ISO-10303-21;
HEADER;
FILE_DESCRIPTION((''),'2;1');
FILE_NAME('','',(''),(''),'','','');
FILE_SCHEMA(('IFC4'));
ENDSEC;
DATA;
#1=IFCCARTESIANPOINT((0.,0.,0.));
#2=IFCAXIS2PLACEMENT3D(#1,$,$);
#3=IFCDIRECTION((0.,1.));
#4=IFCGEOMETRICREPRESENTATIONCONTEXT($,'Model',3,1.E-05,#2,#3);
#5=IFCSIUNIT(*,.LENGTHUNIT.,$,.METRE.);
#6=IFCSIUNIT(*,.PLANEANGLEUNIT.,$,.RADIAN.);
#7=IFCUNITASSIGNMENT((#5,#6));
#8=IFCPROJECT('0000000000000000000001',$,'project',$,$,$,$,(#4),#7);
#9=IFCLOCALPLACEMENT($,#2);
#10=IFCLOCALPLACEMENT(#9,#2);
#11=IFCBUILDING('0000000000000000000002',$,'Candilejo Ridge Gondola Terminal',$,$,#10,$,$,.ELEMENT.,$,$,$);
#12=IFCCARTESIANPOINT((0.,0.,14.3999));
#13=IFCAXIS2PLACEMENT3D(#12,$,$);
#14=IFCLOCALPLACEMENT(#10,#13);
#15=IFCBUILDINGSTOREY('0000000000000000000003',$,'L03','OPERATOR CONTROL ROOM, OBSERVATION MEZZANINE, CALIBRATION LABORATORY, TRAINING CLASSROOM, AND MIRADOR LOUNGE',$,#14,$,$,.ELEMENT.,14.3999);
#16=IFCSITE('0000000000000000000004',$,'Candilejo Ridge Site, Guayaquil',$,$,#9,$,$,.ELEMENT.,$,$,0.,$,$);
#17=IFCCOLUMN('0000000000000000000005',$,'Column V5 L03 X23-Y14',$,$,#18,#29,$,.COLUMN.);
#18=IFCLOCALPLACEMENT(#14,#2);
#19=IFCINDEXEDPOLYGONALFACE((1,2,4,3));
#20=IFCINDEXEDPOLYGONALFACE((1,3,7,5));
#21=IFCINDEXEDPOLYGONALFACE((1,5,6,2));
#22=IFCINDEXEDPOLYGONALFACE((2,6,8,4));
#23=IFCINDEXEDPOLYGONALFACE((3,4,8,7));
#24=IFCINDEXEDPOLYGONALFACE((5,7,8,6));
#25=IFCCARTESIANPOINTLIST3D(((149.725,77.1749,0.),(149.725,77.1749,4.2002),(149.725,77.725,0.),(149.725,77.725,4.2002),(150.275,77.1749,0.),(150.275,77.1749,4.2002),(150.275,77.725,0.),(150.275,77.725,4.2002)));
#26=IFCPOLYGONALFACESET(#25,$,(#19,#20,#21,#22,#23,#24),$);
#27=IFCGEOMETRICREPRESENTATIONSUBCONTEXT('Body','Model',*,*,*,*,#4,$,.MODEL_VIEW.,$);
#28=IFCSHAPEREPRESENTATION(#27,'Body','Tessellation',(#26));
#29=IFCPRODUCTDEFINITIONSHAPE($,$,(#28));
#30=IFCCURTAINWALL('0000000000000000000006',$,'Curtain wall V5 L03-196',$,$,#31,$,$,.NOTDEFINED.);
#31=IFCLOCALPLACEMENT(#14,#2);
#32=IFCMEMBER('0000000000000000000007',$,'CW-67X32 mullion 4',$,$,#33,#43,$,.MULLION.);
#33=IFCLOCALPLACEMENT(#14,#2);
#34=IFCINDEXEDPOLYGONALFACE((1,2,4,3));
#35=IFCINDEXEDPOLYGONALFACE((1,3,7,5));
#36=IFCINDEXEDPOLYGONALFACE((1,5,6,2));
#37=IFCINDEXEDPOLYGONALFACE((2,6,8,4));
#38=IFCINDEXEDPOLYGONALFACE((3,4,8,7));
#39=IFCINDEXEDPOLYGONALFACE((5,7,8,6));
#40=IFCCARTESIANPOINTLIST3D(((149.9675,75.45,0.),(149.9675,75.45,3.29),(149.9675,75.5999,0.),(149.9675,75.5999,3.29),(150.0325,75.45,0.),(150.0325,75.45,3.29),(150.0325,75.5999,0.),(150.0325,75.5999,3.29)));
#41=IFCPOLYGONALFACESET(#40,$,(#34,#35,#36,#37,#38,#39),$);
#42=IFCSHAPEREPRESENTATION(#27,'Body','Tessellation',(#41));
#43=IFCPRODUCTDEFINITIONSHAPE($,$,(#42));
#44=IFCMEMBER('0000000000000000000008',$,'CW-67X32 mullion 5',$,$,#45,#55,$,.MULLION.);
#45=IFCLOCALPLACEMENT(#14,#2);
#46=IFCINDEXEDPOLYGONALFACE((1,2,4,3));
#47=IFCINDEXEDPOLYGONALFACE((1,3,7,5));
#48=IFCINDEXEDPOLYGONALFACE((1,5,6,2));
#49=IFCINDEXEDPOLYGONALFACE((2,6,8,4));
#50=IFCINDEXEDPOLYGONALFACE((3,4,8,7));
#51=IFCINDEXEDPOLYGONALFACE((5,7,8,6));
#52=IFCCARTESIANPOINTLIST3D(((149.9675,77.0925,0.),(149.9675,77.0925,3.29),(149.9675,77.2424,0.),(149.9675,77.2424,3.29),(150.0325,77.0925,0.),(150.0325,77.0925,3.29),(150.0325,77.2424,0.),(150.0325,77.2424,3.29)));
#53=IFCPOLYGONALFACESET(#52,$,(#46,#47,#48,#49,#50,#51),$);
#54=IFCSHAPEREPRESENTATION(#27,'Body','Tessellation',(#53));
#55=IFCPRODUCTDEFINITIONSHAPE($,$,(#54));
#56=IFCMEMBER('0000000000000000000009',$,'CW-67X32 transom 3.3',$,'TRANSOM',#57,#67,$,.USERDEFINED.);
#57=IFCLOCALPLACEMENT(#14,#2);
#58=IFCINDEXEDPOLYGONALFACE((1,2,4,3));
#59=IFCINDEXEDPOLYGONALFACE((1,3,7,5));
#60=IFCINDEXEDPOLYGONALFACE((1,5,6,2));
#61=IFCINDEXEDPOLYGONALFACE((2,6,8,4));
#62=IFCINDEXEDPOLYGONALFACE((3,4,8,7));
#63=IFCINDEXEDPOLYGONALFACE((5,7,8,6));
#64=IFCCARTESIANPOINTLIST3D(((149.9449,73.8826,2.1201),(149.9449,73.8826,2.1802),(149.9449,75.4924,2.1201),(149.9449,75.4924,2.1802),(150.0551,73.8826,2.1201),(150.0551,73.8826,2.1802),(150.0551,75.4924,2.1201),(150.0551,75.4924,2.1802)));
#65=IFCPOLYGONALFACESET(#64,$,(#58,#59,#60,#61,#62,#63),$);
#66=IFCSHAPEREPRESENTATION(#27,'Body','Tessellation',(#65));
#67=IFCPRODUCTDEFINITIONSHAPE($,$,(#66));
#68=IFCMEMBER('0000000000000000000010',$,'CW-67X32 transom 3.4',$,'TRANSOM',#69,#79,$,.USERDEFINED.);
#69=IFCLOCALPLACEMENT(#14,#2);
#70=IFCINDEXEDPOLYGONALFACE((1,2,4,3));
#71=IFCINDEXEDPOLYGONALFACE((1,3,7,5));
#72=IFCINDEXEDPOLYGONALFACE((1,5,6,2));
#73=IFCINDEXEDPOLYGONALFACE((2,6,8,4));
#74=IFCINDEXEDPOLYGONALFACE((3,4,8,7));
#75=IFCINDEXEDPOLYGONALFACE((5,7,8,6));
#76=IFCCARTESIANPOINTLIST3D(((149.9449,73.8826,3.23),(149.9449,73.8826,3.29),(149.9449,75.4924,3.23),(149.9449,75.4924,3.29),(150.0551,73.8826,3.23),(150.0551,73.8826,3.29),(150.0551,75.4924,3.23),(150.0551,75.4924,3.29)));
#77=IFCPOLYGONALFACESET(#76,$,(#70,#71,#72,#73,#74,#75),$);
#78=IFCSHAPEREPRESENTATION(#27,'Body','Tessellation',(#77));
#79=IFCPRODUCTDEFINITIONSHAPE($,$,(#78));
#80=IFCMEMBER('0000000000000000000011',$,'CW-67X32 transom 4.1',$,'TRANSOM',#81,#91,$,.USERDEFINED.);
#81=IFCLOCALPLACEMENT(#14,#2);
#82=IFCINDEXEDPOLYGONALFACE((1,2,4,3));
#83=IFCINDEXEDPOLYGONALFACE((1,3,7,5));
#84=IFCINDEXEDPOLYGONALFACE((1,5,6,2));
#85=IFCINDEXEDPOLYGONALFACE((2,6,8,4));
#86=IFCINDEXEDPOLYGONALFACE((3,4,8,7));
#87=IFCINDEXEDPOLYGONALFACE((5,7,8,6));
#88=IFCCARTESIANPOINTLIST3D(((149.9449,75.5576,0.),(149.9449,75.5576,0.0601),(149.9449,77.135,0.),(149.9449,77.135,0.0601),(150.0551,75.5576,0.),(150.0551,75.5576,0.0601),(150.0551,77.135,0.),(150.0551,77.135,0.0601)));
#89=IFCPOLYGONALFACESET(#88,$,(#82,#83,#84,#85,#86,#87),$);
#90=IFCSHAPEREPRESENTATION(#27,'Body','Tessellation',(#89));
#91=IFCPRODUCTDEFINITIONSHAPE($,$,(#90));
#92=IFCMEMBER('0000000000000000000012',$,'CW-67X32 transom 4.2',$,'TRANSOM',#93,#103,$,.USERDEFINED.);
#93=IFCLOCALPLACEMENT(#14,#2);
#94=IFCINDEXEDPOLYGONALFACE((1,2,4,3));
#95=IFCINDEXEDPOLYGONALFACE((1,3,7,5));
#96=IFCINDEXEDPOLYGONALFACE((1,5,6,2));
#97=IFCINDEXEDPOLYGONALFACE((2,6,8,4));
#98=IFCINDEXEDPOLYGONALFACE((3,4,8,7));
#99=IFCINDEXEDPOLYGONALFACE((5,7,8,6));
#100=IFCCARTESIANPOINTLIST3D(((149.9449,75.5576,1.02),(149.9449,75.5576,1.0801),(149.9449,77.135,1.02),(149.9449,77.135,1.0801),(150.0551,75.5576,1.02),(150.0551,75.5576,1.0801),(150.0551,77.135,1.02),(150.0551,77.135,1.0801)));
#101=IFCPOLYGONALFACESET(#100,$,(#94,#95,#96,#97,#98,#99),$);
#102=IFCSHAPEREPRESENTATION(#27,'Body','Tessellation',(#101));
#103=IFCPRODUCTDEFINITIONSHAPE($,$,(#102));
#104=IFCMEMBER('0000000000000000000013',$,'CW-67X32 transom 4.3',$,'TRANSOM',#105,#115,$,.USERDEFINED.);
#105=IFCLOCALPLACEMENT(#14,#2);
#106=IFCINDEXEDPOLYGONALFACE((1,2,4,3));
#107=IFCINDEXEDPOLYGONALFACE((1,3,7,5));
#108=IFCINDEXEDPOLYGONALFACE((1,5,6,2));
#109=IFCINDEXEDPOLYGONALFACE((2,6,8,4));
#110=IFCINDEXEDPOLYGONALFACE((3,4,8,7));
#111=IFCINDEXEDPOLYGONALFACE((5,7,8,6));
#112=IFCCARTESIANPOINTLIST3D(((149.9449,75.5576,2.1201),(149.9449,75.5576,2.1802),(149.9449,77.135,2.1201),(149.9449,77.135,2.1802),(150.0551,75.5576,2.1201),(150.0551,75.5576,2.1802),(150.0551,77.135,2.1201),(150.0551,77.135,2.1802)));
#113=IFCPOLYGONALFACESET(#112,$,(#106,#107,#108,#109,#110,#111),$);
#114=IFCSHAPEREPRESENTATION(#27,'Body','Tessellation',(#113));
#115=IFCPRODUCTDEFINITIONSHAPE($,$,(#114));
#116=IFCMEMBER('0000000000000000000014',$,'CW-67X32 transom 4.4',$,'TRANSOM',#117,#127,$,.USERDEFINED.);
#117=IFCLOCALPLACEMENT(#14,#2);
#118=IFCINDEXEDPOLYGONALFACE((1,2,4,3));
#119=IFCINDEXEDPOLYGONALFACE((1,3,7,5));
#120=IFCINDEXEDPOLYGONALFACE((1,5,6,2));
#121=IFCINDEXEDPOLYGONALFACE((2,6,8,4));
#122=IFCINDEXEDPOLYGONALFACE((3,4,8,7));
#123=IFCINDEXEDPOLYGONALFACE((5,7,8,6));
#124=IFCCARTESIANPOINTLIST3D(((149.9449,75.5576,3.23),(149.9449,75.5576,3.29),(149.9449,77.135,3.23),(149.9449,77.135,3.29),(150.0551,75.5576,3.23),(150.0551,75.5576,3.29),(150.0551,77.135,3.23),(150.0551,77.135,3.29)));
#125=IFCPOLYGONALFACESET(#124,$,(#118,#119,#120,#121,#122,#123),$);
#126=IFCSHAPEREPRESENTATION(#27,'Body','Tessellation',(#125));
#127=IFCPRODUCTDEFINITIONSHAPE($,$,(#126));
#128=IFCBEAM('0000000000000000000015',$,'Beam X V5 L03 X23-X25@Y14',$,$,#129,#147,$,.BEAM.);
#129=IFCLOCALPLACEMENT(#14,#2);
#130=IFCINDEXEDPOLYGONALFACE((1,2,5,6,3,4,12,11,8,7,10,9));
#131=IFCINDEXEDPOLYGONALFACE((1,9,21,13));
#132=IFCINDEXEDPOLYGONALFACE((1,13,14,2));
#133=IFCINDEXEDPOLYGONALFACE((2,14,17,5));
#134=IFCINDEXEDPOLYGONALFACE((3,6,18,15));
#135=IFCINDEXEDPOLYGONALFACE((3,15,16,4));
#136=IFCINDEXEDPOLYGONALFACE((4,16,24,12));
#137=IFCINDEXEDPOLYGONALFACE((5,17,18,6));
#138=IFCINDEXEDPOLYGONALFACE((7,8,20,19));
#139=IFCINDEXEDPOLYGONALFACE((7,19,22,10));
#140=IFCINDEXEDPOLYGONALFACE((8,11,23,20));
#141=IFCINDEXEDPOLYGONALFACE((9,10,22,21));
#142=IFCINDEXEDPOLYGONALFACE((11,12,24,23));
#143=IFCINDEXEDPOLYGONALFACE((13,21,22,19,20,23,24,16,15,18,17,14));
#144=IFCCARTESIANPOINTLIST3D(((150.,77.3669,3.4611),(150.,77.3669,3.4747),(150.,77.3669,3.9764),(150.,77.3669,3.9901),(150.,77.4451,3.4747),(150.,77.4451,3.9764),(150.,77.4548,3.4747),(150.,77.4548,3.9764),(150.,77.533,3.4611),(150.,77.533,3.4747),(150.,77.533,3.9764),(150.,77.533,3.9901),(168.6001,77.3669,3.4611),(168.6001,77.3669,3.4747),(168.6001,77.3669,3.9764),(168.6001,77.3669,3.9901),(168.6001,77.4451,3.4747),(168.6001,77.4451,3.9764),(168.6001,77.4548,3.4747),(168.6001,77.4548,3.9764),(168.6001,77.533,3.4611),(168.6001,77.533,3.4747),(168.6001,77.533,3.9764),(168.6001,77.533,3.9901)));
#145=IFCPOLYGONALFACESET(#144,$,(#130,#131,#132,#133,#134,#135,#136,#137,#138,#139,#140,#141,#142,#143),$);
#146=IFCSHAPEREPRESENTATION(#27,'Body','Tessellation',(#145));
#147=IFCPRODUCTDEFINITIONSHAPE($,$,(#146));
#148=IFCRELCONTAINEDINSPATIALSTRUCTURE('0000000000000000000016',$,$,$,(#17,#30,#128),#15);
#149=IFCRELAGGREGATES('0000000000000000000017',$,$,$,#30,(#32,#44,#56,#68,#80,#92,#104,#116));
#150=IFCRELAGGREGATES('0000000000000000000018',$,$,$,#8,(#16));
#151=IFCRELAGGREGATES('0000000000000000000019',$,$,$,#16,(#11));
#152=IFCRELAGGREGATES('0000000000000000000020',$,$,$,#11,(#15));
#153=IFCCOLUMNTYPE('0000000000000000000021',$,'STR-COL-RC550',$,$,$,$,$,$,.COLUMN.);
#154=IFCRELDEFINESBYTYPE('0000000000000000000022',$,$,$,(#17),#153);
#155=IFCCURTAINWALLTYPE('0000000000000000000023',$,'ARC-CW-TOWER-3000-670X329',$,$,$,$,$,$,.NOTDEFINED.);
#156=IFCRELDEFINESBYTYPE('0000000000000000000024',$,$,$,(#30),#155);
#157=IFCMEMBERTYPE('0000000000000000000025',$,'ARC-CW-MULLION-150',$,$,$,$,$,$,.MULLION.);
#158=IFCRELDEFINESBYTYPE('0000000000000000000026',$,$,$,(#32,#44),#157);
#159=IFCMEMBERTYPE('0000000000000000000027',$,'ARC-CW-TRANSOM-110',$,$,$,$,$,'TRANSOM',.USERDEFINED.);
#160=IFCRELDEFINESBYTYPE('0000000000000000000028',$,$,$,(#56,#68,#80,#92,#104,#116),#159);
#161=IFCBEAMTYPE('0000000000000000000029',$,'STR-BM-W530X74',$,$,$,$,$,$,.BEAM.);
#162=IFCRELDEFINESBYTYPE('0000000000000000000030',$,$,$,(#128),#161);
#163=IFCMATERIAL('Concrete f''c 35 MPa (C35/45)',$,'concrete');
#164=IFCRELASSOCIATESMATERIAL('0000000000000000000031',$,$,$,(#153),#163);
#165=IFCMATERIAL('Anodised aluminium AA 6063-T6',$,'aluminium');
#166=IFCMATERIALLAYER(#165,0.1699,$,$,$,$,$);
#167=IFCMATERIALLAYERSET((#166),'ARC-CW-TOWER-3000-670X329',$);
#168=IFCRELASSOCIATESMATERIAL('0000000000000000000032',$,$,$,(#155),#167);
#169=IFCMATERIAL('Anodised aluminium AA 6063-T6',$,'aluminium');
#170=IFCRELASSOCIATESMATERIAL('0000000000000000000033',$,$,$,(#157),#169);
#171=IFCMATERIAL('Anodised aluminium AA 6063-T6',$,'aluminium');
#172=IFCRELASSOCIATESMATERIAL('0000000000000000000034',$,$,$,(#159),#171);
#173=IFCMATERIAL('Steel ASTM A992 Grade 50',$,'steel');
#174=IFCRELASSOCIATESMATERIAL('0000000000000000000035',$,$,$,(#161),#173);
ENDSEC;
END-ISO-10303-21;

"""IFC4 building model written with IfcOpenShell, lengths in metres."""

from ifc_helpers import new_model, si_unit, direction, frame, origin, origin_2d, place, context, subcontext, project, spatial, rectangle, i_section, extrude, material, layer, layer_set, material_profile, profile_set, type_object, element, aggregate, save


model = new_model("IFC4")

# Units and contexts
model_context = context("Model", 3, precision=1e-05, world=origin(), true_north=direction((0.0, 1.0)))
body_context = subcontext(model_context, "Body", "Model", "MODEL_VIEW")
ifc_project = project(units=[si_unit("LENGTHUNIT", "METRE"), si_unit("PLANEANGLEUNIT", "RADIAN")], contexts=[model_context])

# Site, building, storey
site_placement = place(None, origin())
site = spatial("IfcSite", under=ifc_project, at=site_placement, Name="Candilejo Ridge Site, Guayaquil", CompositionType="ELEMENT", RefElevation=0.0)
building_placement = place(site_placement, origin())
building = spatial("IfcBuilding", under=site, at=building_placement, Name="Candilejo Ridge Gondola Terminal", CompositionType="ELEMENT")
storey_placement = place(building_placement, frame((0.0, 0.0, 14.3999)))
storey = spatial("IfcBuildingStorey", under=building, at=storey_placement, Name="L03", Description="OPERATOR CONTROL ROOM, OBSERVATION MEZZANINE, CALIBRATION LABORATORY, TRAINING CLASSROOM, AND MIRADOR LOUNGE", CompositionType="ELEMENT", Elevation=14.3999)

# Column
ifc_material_1 = material(Name="Concrete f'c 35 MPa (C35/45)", Category="concrete")
ifc_material_profile_1 = material_profile(ifc_material_1, rectangle(XDim=0.55, YDim=0.55, at=origin_2d()))
ifc_profile_set_1 = profile_set([ifc_material_profile_1], Name="Concrete f'c 35 MPa (C35/45)")
column_type = type_object("IfcColumnType", Name="STR-COL-RC550", PredefinedType="COLUMN", material=ifc_profile_set_1)
column_placement = place(storey_placement, frame((150.0, 77.45, 0.0), z_axis=(0.0, 0.0, 1.0), x_axis=(1.0, 0.0, 0.0)))
element("IfcColumn", 1, at=column_placement, inside=storey, type_object=column_type, Name="Column V5 L03 X23-Y14", PredefinedType="COLUMN", context=body_context, shape_type="SweptSolid", body=[
    extrude(rectangle(XDim=0.55, YDim=0.55, at=origin_2d()), origin(), (0.0, 0.0, 1.0), 4.2002),
])

# Curtain wall, members
ifc_material_2 = material(Name="Anodised aluminium AA 6063-T6", Category="aluminium")
ifc_layer_1 = layer(ifc_material_2, 0.1699)
ifc_layer_set_1 = layer_set([ifc_layer_1], Name="ARC-CW-TOWER-3000-670X329")
curtain_wall_type = type_object("IfcCurtainWallType", Name="ARC-CW-TOWER-3000-670X329", PredefinedType="NOTDEFINED", material=ifc_layer_set_1)
curtain_wall_placement = place(storey_placement, origin())
curtain_wall = element("IfcCurtainWall", 2, at=curtain_wall_placement, inside=storey, type_object=curtain_wall_type, Name="Curtain wall V5 L03-196", PredefinedType="NOTDEFINED")
ifc_material_3 = material(Name="Anodised aluminium AA 6063-T6", Category="aluminium")
ifc_material_profile_2 = material_profile(ifc_material_3, rectangle(XDim=0.0649, YDim=0.1499, at=origin_2d()))
ifc_profile_set_2 = profile_set([ifc_material_profile_2], Name="Anodised aluminium AA 6063-T6")
member_type_1 = type_object("IfcMemberType", Name="ARC-CW-MULLION-150", PredefinedType="MULLION", material=ifc_profile_set_2)
member_1_placement = place(storey_placement, frame((150.0, 75.5249, 0.0), z_axis=(0.0, 0.0, 1.0), x_axis=(-1.0, 0.0, 0.0)))
member_1 = element("IfcMember", 3, at=member_1_placement, type_object=member_type_1, Name="CW-67X32 mullion 4", PredefinedType="MULLION", context=body_context, shape_type="SweptSolid", body=[
    extrude(rectangle(XDim=0.0649, YDim=0.1499, at=origin_2d()), origin(), (0.0, 0.0, 1.0), 3.29),
])
member_2_placement = place(storey_placement, frame((150.0, 77.1675, 0.0), z_axis=(0.0, 0.0, 1.0), x_axis=(-1.0, 0.0, 0.0)))
member_2 = element("IfcMember", 4, at=member_2_placement, type_object=member_type_1, Name="CW-67X32 mullion 5", PredefinedType="MULLION", context=body_context, shape_type="SweptSolid", body=[
    extrude(rectangle(XDim=0.0649, YDim=0.1499, at=origin_2d()), origin(), (0.0, 0.0, 1.0), 3.29),
])
ifc_material_4 = material(Name="Anodised aluminium AA 6063-T6", Category="aluminium")
ifc_material_profile_3 = material_profile(ifc_material_4, rectangle(XDim=0.1101, YDim=0.0601, at=origin_2d()))
ifc_profile_set_3 = profile_set([ifc_material_profile_3], Name="Anodised aluminium AA 6063-T6")
member_type_2 = type_object("IfcMemberType", Name="ARC-CW-TRANSOM-110", ElementType="TRANSOM", PredefinedType="USERDEFINED", material=ifc_profile_set_3)
member_3_placement = place(storey_placement, frame((150.0, 73.8826, 2.1501), z_axis=(0.0, 1.0, 0.0), x_axis=(-1.0, 0.0, 0.0)))
member_3 = element("IfcMember", 5, at=member_3_placement, type_object=member_type_2, Name="CW-67X32 transom 3.3", ObjectType="TRANSOM", PredefinedType="USERDEFINED", context=body_context, shape_type="SweptSolid", body=[
    extrude(rectangle(XDim=0.1101, YDim=0.0601, at=origin_2d()), origin(), (0.0, 0.0, 1.0), 1.6099),
])
member_4_placement = place(storey_placement, frame((150.0, 73.8826, 3.26), z_axis=(0.0, 1.0, 0.0), x_axis=(-1.0, 0.0, 0.0)))
member_4 = element("IfcMember", 6, at=member_4_placement, type_object=member_type_2, Name="CW-67X32 transom 3.4", ObjectType="TRANSOM", PredefinedType="USERDEFINED", context=body_context, shape_type="SweptSolid", body=[
    extrude(rectangle(XDim=0.1101, YDim=0.0601, at=origin_2d()), origin(), (0.0, 0.0, 1.0), 1.6099),
])
member_5_placement = place(storey_placement, frame((150.0, 75.5576, 0.03), z_axis=(0.0, 1.0, 0.0), x_axis=(-1.0, 0.0, 0.0)))
member_5 = element("IfcMember", 7, at=member_5_placement, type_object=member_type_2, Name="CW-67X32 transom 4.1", ObjectType="TRANSOM", PredefinedType="USERDEFINED", context=body_context, shape_type="SweptSolid", body=[
    extrude(rectangle(XDim=0.1101, YDim=0.0601, at=origin_2d()), origin(), (0.0, 0.0, 1.0), 1.5774),
])
member_6_placement = place(storey_placement, frame((150.0, 75.5576, 1.05), z_axis=(0.0, 1.0, 0.0), x_axis=(-1.0, 0.0, 0.0)))
member_6 = element("IfcMember", 8, at=member_6_placement, type_object=member_type_2, Name="CW-67X32 transom 4.2", ObjectType="TRANSOM", PredefinedType="USERDEFINED", context=body_context, shape_type="SweptSolid", body=[
    extrude(rectangle(XDim=0.1101, YDim=0.0601, at=origin_2d()), origin(), (0.0, 0.0, 1.0), 1.5774),
])
member_7_placement = place(storey_placement, frame((150.0, 75.5576, 2.1501), z_axis=(0.0, 1.0, 0.0), x_axis=(-1.0, 0.0, 0.0)))
member_7 = element("IfcMember", 9, at=member_7_placement, type_object=member_type_2, Name="CW-67X32 transom 4.3", ObjectType="TRANSOM", PredefinedType="USERDEFINED", context=body_context, shape_type="SweptSolid", body=[
    extrude(rectangle(XDim=0.1101, YDim=0.0601, at=origin_2d()), origin(), (0.0, 0.0, 1.0), 1.5774),
])
member_8_placement = place(storey_placement, frame((150.0, 75.5576, 3.26), z_axis=(0.0, 1.0, 0.0), x_axis=(-1.0, 0.0, 0.0)))
member_8 = element("IfcMember", 10, at=member_8_placement, type_object=member_type_2, Name="CW-67X32 transom 4.4", ObjectType="TRANSOM", PredefinedType="USERDEFINED", context=body_context, shape_type="SweptSolid", body=[
    extrude(rectangle(XDim=0.1101, YDim=0.0601, at=origin_2d()), origin(), (0.0, 0.0, 1.0), 1.5774),
])

# Beam
ifc_material_5 = material(Name="Steel ASTM A992 Grade 50", Category="steel")
ifc_material_profile_4 = material_profile(ifc_material_5, i_section(OverallWidth=0.166, OverallDepth=0.5291, WebThickness=0.0098, FlangeThickness=0.0137, at=origin_2d()))
ifc_profile_set_4 = profile_set([ifc_material_profile_4], Name="Steel ASTM A992 Grade 50")
beam_type_1 = type_object("IfcBeamType", Name="STR-BM-W530X74", PredefinedType="BEAM", material=ifc_profile_set_4)
beam_1_placement = place(storey_placement, frame((150.0, 77.45, 3.7256), z_axis=(1.0, 0.0, 0.0), x_axis=(0.0, 1.0, 0.0)))
element("IfcBeam", 11, at=beam_1_placement, inside=storey, type_object=beam_type_1, Name="Beam X V5 L03 X23-X25@Y14", PredefinedType="BEAM", context=body_context, shape_type="SweptSolid", body=[
    extrude(i_section(OverallWidth=0.166, OverallDepth=0.5291, WebThickness=0.0098, FlangeThickness=0.0137, at=origin_2d()), origin(), (0.0, 0.0, 1.0), 18.6001),
])

aggregate(curtain_wall, [member_1, member_2, member_3, member_4, member_5, member_6, member_7, member_8])

save(model, "model.ifc")
